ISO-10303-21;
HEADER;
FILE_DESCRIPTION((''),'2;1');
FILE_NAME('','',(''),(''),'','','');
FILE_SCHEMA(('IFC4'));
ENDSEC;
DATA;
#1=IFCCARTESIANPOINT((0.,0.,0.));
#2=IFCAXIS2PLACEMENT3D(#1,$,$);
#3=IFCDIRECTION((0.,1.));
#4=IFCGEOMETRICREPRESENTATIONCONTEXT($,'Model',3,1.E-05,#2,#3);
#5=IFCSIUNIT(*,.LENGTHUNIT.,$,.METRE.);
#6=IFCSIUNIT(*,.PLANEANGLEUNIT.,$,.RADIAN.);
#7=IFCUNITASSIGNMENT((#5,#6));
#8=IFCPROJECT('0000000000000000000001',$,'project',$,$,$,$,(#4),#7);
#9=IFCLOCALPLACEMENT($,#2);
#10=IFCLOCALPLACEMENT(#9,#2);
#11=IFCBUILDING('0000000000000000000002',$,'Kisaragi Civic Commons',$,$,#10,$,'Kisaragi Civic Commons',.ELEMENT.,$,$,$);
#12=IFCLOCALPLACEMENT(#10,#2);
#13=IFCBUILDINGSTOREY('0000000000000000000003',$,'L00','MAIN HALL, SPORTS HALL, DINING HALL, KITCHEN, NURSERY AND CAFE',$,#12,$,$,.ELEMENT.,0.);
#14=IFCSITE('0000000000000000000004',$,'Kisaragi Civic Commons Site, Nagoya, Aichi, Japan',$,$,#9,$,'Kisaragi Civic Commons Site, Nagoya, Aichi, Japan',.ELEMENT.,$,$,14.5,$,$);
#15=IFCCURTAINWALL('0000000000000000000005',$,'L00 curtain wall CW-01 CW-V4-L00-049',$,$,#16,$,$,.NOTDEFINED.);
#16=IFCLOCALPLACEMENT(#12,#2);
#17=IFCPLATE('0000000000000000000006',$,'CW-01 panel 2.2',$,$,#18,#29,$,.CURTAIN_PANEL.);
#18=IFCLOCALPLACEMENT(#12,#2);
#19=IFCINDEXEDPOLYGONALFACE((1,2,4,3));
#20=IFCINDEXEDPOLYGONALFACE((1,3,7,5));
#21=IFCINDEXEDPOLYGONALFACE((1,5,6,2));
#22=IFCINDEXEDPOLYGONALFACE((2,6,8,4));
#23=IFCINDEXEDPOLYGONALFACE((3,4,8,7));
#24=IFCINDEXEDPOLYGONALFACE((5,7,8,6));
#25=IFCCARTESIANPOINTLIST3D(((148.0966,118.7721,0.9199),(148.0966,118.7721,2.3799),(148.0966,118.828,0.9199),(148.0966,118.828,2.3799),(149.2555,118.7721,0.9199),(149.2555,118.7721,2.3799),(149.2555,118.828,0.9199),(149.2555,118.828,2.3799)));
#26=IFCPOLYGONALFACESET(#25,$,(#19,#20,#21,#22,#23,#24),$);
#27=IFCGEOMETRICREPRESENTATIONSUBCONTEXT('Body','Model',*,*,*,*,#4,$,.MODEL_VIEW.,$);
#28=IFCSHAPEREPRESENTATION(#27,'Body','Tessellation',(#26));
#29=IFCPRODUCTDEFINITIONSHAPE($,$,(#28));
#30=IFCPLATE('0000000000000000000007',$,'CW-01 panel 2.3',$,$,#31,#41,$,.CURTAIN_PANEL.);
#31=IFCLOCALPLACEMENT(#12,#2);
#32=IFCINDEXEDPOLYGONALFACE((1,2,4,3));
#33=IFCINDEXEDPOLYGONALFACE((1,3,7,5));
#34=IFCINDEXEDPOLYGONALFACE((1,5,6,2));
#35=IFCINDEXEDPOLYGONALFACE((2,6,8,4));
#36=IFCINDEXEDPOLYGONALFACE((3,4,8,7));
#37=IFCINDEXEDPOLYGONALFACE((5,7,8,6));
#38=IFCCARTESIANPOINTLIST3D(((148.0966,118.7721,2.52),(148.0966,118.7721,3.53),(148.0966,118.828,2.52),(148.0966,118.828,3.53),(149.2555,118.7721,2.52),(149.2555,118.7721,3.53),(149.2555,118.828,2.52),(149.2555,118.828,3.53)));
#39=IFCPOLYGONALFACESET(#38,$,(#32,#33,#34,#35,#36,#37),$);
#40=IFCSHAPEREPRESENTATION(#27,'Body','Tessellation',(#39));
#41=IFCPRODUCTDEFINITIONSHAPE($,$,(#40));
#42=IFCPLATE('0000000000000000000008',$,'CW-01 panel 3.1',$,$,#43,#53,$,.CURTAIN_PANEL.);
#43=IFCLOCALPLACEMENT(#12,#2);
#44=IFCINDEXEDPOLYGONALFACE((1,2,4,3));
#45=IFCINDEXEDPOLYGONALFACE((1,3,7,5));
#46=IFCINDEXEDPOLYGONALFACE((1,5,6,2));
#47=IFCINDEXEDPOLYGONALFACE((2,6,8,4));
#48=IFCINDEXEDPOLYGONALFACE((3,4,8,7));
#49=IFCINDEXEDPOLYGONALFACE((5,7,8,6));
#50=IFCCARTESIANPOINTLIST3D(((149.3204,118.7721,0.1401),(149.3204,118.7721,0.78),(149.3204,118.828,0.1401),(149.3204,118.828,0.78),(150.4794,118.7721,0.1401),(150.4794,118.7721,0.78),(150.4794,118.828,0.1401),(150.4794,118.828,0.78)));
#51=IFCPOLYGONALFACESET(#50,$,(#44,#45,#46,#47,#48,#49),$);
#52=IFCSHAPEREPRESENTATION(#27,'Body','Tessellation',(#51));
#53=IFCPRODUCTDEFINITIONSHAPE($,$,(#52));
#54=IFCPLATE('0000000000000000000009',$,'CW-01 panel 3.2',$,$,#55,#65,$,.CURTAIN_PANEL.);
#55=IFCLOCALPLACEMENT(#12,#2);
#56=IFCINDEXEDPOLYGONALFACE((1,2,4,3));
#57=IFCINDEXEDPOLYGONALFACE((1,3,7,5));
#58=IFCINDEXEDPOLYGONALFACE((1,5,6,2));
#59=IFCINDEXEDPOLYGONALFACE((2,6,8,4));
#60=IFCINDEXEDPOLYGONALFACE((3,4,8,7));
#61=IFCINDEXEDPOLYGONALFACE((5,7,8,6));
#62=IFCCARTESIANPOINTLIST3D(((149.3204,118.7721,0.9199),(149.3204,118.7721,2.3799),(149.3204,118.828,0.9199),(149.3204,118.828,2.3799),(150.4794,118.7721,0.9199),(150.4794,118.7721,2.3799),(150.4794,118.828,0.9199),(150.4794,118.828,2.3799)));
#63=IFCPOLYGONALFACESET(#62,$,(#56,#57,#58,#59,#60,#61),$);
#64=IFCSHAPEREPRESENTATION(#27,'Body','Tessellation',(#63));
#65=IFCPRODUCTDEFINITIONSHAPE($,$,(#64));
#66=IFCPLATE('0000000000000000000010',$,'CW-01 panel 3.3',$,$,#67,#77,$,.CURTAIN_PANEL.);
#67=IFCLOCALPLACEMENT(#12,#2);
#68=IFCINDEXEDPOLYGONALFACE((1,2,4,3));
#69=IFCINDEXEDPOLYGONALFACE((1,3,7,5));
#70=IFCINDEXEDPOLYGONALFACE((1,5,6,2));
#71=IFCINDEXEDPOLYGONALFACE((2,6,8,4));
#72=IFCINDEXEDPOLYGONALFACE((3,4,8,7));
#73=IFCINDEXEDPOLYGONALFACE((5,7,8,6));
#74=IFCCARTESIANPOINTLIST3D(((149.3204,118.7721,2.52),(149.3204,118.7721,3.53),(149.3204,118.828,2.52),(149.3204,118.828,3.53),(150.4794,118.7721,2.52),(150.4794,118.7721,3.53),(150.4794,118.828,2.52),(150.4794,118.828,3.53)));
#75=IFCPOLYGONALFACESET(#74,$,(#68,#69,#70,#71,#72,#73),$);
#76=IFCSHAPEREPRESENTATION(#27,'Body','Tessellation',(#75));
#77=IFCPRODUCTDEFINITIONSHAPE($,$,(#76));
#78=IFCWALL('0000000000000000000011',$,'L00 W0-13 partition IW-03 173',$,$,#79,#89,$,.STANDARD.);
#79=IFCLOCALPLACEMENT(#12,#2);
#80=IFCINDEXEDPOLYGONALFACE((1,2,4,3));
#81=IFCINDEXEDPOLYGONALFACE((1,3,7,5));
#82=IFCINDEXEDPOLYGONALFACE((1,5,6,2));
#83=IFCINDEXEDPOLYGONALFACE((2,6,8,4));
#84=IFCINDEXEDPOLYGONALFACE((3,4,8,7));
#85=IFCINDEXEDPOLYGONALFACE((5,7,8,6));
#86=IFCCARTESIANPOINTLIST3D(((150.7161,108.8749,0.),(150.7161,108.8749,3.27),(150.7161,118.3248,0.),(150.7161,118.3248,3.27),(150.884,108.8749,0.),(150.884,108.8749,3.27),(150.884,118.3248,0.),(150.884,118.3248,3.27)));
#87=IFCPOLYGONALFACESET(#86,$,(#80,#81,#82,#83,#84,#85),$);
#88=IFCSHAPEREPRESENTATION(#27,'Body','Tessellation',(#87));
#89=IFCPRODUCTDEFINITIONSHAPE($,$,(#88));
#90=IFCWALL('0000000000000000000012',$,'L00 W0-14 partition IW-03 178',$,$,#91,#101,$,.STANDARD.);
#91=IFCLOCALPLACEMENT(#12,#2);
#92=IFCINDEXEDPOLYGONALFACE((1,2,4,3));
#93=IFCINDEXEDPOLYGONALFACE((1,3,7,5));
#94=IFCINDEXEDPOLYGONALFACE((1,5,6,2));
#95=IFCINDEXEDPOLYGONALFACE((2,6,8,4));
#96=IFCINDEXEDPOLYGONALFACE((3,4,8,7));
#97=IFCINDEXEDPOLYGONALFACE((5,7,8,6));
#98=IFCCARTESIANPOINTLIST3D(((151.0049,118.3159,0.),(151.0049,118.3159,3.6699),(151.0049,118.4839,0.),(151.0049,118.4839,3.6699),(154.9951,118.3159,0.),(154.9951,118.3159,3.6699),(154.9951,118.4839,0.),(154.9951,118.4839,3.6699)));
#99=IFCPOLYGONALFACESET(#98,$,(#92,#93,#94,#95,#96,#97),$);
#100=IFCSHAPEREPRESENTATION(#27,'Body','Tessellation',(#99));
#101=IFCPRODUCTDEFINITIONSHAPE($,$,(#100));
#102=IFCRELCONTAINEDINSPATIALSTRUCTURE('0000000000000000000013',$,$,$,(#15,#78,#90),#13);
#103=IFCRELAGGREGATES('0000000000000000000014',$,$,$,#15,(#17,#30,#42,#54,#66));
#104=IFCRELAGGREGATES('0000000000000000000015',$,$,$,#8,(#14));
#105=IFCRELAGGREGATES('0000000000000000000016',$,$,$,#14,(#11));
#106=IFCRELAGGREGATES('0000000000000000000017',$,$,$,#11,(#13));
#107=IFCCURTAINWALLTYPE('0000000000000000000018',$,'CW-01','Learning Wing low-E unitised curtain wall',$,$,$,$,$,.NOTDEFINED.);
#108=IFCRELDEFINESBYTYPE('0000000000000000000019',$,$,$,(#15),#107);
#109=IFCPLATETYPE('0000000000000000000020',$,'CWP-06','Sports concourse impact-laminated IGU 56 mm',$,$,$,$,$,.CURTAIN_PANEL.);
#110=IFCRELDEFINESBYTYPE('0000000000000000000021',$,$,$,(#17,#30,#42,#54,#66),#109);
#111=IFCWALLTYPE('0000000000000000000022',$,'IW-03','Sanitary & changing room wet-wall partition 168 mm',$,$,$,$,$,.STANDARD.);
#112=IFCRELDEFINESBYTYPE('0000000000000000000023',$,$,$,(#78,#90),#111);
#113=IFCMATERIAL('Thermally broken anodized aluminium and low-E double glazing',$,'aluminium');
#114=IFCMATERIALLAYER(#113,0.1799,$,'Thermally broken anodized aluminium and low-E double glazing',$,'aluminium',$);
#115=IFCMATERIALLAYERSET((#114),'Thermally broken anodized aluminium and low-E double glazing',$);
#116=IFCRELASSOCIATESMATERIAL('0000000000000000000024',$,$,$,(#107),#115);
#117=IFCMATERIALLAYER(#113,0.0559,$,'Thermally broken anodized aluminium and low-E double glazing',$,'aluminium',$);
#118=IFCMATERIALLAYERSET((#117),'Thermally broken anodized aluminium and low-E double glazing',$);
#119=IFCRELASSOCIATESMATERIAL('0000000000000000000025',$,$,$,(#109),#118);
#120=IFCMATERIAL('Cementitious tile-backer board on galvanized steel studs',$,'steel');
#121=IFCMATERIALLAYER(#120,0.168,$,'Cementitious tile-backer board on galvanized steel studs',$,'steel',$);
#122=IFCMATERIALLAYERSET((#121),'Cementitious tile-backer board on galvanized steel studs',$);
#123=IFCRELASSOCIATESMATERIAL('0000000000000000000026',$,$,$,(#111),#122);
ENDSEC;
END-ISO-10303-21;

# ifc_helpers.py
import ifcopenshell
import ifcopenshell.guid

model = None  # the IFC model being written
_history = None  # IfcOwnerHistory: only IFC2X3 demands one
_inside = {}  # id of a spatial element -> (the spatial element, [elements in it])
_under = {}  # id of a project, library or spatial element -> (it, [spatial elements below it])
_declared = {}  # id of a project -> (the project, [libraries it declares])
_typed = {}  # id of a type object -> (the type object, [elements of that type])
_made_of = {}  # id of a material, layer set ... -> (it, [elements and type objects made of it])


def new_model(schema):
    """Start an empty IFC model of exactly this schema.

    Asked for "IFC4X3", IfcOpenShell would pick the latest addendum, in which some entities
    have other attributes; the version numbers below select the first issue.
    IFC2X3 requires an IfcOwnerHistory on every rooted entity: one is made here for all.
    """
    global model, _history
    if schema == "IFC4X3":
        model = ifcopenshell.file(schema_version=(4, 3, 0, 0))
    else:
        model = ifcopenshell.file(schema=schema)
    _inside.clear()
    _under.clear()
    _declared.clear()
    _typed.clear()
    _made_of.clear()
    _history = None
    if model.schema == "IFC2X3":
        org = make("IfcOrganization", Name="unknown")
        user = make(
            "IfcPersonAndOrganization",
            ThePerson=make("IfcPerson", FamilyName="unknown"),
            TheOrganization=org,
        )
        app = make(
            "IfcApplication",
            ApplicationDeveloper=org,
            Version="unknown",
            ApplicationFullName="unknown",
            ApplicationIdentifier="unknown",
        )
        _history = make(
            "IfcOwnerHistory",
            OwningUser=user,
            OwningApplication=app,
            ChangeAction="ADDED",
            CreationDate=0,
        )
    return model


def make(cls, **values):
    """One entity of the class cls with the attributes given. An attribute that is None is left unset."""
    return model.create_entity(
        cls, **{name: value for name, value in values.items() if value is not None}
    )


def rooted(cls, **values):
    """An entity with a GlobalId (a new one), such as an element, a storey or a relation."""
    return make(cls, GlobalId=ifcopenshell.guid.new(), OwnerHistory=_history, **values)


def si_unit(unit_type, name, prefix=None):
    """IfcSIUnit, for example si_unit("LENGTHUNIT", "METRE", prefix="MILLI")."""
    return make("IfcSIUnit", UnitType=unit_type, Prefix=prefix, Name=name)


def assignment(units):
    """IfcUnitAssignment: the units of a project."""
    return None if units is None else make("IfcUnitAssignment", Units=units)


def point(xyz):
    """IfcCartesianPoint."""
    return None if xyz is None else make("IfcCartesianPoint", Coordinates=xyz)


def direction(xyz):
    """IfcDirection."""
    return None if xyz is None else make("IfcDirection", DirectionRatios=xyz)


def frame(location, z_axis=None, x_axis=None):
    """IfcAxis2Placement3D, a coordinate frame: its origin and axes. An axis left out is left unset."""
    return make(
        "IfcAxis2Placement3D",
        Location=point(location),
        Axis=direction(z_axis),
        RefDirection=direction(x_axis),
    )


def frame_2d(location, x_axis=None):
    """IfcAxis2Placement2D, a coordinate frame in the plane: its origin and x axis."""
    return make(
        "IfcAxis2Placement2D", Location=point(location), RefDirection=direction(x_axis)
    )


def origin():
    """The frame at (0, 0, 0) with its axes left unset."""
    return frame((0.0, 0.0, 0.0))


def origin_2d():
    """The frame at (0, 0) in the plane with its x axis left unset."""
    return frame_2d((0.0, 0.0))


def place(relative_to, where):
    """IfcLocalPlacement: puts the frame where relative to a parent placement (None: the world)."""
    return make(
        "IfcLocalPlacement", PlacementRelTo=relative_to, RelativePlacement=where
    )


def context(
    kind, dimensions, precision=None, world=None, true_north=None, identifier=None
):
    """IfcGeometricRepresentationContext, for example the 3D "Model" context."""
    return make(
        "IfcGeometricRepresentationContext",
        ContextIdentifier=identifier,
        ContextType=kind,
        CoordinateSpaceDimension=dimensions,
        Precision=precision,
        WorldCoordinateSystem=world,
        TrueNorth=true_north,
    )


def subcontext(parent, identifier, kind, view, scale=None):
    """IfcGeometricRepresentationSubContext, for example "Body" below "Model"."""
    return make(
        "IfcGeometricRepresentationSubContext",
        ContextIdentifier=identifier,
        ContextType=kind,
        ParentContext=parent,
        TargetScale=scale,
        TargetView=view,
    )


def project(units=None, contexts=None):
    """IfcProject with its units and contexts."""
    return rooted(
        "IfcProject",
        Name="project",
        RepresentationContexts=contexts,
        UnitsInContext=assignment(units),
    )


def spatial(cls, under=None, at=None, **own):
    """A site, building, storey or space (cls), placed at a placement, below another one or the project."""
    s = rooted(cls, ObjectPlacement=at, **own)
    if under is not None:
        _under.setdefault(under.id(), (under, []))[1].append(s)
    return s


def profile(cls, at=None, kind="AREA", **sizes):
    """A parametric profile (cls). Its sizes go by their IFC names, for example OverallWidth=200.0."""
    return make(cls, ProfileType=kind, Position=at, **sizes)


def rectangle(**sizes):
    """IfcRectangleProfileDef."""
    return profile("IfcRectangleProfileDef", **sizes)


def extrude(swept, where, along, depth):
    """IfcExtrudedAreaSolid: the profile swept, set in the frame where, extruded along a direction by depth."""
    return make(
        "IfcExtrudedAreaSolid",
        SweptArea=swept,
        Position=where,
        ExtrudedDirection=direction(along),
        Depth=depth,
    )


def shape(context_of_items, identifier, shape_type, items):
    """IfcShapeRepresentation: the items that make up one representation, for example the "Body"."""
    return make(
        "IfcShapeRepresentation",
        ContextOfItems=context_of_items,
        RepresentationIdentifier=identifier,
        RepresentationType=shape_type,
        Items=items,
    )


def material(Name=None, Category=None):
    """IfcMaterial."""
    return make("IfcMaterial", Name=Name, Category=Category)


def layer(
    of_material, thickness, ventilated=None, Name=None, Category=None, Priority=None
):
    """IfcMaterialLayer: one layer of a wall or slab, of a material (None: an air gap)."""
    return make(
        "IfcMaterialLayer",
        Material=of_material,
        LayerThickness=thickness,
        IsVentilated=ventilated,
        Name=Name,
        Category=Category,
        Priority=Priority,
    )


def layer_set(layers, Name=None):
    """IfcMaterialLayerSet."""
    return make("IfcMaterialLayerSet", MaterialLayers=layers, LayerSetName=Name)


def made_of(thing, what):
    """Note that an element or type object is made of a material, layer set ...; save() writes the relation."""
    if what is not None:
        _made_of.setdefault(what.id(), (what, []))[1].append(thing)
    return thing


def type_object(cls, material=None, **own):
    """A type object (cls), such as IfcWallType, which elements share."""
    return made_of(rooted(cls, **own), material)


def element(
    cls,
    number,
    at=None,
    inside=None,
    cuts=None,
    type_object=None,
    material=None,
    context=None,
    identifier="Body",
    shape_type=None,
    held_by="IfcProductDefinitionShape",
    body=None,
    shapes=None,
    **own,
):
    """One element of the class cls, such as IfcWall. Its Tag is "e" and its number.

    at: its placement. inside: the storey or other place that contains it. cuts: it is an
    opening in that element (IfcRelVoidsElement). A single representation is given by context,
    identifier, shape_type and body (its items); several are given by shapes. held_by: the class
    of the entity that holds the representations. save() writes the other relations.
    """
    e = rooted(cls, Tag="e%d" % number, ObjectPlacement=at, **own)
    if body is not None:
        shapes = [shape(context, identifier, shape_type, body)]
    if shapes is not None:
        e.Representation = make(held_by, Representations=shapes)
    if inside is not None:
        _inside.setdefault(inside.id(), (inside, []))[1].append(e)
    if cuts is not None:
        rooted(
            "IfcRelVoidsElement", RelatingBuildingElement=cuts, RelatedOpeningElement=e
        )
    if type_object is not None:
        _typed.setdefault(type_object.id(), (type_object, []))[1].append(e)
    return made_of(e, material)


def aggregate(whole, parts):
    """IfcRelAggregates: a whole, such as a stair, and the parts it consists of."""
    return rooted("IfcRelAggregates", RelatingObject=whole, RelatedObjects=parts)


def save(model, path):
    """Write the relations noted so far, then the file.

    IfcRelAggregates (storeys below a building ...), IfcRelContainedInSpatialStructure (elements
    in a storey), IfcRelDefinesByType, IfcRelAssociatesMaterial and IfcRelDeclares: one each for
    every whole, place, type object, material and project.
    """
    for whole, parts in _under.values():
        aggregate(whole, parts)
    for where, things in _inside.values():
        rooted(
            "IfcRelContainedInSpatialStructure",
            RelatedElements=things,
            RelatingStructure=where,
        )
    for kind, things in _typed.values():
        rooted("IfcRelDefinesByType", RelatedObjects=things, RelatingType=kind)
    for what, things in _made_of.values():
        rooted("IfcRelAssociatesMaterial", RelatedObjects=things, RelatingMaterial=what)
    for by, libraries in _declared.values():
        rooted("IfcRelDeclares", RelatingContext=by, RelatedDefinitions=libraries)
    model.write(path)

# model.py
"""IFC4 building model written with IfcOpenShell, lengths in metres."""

from ifc_helpers import new_model, si_unit, direction, frame, frame_2d, origin, origin_2d, place, context, subcontext, project, spatial, rectangle, extrude, material, layer, layer_set, type_object, element, aggregate, save


model = new_model("IFC4")

# Units and contexts
model_context = context("Model", 3, precision=1e-05, world=origin(), true_north=direction((0.0, 1.0)))
body_context = subcontext(model_context, "Body", "Model", "MODEL_VIEW")
ifc_project = project(units=[si_unit("LENGTHUNIT", "METRE"), si_unit("PLANEANGLEUNIT", "RADIAN")], contexts=[model_context])

# Site, building, storey
site_placement = place(None, origin())
site = spatial("IfcSite", under=ifc_project, at=site_placement, Name="Kisaragi Civic Commons Site, Nagoya, Aichi, Japan", LongName="Kisaragi Civic Commons Site, Nagoya, Aichi, Japan", CompositionType="ELEMENT", RefElevation=14.5)
building_placement = place(site_placement, origin())
building = spatial("IfcBuilding", under=site, at=building_placement, Name="Kisaragi Civic Commons", LongName="Kisaragi Civic Commons", CompositionType="ELEMENT")
storey_placement = place(building_placement, origin())
storey = spatial("IfcBuildingStorey", under=building, at=storey_placement, Name="L00", Description="MAIN HALL, SPORTS HALL, DINING HALL, KITCHEN, NURSERY AND CAFE", CompositionType="ELEMENT", Elevation=0.0)

# Curtain wall, plates
ifc_material_1 = material(Name="Thermally broken anodized aluminium and low-E double glazing", Category="aluminium")
ifc_layer_1 = layer(ifc_material_1, 0.1799, Name="Thermally broken anodized aluminium and low-E double glazing", Category="aluminium")
ifc_layer_set_1 = layer_set([ifc_layer_1], Name="Thermally broken anodized aluminium and low-E double glazing")
curtain_wall_type = type_object("IfcCurtainWallType", Name="CW-01", Description="Learning Wing low-E unitised curtain wall", PredefinedType="NOTDEFINED", material=ifc_layer_set_1)
curtain_wall_placement = place(storey_placement, origin())
curtain_wall = element("IfcCurtainWall", 1, at=curtain_wall_placement, inside=storey, type_object=curtain_wall_type, Name="L00 curtain wall CW-01 CW-V4-L00-049", PredefinedType="NOTDEFINED")
ifc_layer_2 = layer(ifc_material_1, 0.0559, Name="Thermally broken anodized aluminium and low-E double glazing", Category="aluminium")
ifc_layer_set_2 = layer_set([ifc_layer_2], Name="Thermally broken anodized aluminium and low-E double glazing")
plate_type = type_object("IfcPlateType", Name="CWP-06", Description="Sports concourse impact-laminated IGU 56 mm", PredefinedType="CURTAIN_PANEL", material=ifc_layer_set_2)
plate_1_placement = place(storey_placement, frame((148.676, 118.8, 0.9199), z_axis=(0.0, 0.0, 1.0), x_axis=(1.0, 0.0, 0.0)))
plate_1 = element("IfcPlate", 2, at=plate_1_placement, type_object=plate_type, Name="CW-01 panel 2.2", PredefinedType="CURTAIN_PANEL", context=body_context, shape_type="SweptSolid", body=[
    extrude(rectangle(XDim=1.1589, YDim=0.0559, at=origin_2d()), origin(), (0.0, 0.0, 1.0), 1.46),
])
plate_2_placement = place(storey_placement, frame((148.676, 118.8, 2.52), z_axis=(0.0, 0.0, 1.0), x_axis=(1.0, 0.0, 0.0)))
plate_2 = element("IfcPlate", 3, at=plate_2_placement, type_object=plate_type, Name="CW-01 panel 2.3", PredefinedType="CURTAIN_PANEL", context=body_context, shape_type="SweptSolid", body=[
    extrude(rectangle(XDim=1.1589, YDim=0.0559, at=origin_2d()), origin(), (0.0, 0.0, 1.0), 1.01),
])
plate_3_placement = place(storey_placement, frame((149.8999, 118.8, 0.1401), z_axis=(0.0, 0.0, 1.0), x_axis=(1.0, 0.0, 0.0)))
plate_3 = element("IfcPlate", 4, at=plate_3_placement, type_object=plate_type, Name="CW-01 panel 3.1", PredefinedType="CURTAIN_PANEL", context=body_context, shape_type="SweptSolid", body=[
    extrude(rectangle(XDim=1.1589, YDim=0.0559, at=origin_2d()), origin(), (0.0, 0.0, 1.0), 0.6399),
])
plate_4_placement = place(storey_placement, frame((149.8999, 118.8, 0.9199), z_axis=(0.0, 0.0, 1.0), x_axis=(1.0, 0.0, 0.0)))
plate_4 = element("IfcPlate", 5, at=plate_4_placement, type_object=plate_type, Name="CW-01 panel 3.2", PredefinedType="CURTAIN_PANEL", context=body_context, shape_type="SweptSolid", body=[
    extrude(rectangle(XDim=1.1589, YDim=0.0559, at=origin_2d()), origin(), (0.0, 0.0, 1.0), 1.46),
])
plate_5_placement = place(storey_placement, frame((149.8999, 118.8, 2.52), z_axis=(0.0, 0.0, 1.0), x_axis=(1.0, 0.0, 0.0)))
plate_5 = element("IfcPlate", 6, at=plate_5_placement, type_object=plate_type, Name="CW-01 panel 3.3", PredefinedType="CURTAIN_PANEL", context=body_context, shape_type="SweptSolid", body=[
    extrude(rectangle(XDim=1.1589, YDim=0.0559, at=origin_2d()), origin(), (0.0, 0.0, 1.0), 1.01),
])
aggregate(curtain_wall, [plate_1, plate_2, plate_3, plate_4, plate_5])

# Walls
ifc_material_2 = material(Name="Cementitious tile-backer board on galvanized steel studs", Category="steel")
ifc_layer_3 = layer(ifc_material_2, 0.168, Name="Cementitious tile-backer board on galvanized steel studs", Category="steel")
ifc_layer_set_3 = layer_set([ifc_layer_3], Name="Cementitious tile-backer board on galvanized steel studs")
wall_type = type_object("IfcWallType", Name="IW-03", Description="Sanitary & changing room wet-wall partition 168 mm", PredefinedType="STANDARD", material=ifc_layer_set_3)
wall_1_placement = place(storey_placement, frame((150.8, 118.325, 0.0), z_axis=(0.0, 0.0, 1.0), x_axis=(0.0, -1.0, 0.0)))
element("IfcWall", 7, at=wall_1_placement, inside=storey, type_object=wall_type, Name="L00 W0-13 partition IW-03 173", PredefinedType="STANDARD", context=body_context, shape_type="SweptSolid", body=[
    extrude(rectangle(XDim=9.45, YDim=0.168, at=frame_2d((4.7251, 0.0))), origin(), (0.0, 0.0, 1.0), 3.27),
])
wall_2_placement = place(storey_placement, frame((151.0049, 118.3999, 0.0), z_axis=(0.0, 0.0, 1.0), x_axis=(1.0, 0.0, 0.0)))
element("IfcWall", 8, at=wall_2_placement, inside=storey, type_object=wall_type, Name="L00 W0-14 partition IW-03 178", PredefinedType="STANDARD", context=body_context, shape_type="SweptSolid", body=[
    extrude(rectangle(XDim=3.9902, YDim=0.168, at=frame_2d((1.9951, 0.0))), origin(), (0.0, 0.0, 1.0), 3.6699),
])

save(model, "model.ifc")
